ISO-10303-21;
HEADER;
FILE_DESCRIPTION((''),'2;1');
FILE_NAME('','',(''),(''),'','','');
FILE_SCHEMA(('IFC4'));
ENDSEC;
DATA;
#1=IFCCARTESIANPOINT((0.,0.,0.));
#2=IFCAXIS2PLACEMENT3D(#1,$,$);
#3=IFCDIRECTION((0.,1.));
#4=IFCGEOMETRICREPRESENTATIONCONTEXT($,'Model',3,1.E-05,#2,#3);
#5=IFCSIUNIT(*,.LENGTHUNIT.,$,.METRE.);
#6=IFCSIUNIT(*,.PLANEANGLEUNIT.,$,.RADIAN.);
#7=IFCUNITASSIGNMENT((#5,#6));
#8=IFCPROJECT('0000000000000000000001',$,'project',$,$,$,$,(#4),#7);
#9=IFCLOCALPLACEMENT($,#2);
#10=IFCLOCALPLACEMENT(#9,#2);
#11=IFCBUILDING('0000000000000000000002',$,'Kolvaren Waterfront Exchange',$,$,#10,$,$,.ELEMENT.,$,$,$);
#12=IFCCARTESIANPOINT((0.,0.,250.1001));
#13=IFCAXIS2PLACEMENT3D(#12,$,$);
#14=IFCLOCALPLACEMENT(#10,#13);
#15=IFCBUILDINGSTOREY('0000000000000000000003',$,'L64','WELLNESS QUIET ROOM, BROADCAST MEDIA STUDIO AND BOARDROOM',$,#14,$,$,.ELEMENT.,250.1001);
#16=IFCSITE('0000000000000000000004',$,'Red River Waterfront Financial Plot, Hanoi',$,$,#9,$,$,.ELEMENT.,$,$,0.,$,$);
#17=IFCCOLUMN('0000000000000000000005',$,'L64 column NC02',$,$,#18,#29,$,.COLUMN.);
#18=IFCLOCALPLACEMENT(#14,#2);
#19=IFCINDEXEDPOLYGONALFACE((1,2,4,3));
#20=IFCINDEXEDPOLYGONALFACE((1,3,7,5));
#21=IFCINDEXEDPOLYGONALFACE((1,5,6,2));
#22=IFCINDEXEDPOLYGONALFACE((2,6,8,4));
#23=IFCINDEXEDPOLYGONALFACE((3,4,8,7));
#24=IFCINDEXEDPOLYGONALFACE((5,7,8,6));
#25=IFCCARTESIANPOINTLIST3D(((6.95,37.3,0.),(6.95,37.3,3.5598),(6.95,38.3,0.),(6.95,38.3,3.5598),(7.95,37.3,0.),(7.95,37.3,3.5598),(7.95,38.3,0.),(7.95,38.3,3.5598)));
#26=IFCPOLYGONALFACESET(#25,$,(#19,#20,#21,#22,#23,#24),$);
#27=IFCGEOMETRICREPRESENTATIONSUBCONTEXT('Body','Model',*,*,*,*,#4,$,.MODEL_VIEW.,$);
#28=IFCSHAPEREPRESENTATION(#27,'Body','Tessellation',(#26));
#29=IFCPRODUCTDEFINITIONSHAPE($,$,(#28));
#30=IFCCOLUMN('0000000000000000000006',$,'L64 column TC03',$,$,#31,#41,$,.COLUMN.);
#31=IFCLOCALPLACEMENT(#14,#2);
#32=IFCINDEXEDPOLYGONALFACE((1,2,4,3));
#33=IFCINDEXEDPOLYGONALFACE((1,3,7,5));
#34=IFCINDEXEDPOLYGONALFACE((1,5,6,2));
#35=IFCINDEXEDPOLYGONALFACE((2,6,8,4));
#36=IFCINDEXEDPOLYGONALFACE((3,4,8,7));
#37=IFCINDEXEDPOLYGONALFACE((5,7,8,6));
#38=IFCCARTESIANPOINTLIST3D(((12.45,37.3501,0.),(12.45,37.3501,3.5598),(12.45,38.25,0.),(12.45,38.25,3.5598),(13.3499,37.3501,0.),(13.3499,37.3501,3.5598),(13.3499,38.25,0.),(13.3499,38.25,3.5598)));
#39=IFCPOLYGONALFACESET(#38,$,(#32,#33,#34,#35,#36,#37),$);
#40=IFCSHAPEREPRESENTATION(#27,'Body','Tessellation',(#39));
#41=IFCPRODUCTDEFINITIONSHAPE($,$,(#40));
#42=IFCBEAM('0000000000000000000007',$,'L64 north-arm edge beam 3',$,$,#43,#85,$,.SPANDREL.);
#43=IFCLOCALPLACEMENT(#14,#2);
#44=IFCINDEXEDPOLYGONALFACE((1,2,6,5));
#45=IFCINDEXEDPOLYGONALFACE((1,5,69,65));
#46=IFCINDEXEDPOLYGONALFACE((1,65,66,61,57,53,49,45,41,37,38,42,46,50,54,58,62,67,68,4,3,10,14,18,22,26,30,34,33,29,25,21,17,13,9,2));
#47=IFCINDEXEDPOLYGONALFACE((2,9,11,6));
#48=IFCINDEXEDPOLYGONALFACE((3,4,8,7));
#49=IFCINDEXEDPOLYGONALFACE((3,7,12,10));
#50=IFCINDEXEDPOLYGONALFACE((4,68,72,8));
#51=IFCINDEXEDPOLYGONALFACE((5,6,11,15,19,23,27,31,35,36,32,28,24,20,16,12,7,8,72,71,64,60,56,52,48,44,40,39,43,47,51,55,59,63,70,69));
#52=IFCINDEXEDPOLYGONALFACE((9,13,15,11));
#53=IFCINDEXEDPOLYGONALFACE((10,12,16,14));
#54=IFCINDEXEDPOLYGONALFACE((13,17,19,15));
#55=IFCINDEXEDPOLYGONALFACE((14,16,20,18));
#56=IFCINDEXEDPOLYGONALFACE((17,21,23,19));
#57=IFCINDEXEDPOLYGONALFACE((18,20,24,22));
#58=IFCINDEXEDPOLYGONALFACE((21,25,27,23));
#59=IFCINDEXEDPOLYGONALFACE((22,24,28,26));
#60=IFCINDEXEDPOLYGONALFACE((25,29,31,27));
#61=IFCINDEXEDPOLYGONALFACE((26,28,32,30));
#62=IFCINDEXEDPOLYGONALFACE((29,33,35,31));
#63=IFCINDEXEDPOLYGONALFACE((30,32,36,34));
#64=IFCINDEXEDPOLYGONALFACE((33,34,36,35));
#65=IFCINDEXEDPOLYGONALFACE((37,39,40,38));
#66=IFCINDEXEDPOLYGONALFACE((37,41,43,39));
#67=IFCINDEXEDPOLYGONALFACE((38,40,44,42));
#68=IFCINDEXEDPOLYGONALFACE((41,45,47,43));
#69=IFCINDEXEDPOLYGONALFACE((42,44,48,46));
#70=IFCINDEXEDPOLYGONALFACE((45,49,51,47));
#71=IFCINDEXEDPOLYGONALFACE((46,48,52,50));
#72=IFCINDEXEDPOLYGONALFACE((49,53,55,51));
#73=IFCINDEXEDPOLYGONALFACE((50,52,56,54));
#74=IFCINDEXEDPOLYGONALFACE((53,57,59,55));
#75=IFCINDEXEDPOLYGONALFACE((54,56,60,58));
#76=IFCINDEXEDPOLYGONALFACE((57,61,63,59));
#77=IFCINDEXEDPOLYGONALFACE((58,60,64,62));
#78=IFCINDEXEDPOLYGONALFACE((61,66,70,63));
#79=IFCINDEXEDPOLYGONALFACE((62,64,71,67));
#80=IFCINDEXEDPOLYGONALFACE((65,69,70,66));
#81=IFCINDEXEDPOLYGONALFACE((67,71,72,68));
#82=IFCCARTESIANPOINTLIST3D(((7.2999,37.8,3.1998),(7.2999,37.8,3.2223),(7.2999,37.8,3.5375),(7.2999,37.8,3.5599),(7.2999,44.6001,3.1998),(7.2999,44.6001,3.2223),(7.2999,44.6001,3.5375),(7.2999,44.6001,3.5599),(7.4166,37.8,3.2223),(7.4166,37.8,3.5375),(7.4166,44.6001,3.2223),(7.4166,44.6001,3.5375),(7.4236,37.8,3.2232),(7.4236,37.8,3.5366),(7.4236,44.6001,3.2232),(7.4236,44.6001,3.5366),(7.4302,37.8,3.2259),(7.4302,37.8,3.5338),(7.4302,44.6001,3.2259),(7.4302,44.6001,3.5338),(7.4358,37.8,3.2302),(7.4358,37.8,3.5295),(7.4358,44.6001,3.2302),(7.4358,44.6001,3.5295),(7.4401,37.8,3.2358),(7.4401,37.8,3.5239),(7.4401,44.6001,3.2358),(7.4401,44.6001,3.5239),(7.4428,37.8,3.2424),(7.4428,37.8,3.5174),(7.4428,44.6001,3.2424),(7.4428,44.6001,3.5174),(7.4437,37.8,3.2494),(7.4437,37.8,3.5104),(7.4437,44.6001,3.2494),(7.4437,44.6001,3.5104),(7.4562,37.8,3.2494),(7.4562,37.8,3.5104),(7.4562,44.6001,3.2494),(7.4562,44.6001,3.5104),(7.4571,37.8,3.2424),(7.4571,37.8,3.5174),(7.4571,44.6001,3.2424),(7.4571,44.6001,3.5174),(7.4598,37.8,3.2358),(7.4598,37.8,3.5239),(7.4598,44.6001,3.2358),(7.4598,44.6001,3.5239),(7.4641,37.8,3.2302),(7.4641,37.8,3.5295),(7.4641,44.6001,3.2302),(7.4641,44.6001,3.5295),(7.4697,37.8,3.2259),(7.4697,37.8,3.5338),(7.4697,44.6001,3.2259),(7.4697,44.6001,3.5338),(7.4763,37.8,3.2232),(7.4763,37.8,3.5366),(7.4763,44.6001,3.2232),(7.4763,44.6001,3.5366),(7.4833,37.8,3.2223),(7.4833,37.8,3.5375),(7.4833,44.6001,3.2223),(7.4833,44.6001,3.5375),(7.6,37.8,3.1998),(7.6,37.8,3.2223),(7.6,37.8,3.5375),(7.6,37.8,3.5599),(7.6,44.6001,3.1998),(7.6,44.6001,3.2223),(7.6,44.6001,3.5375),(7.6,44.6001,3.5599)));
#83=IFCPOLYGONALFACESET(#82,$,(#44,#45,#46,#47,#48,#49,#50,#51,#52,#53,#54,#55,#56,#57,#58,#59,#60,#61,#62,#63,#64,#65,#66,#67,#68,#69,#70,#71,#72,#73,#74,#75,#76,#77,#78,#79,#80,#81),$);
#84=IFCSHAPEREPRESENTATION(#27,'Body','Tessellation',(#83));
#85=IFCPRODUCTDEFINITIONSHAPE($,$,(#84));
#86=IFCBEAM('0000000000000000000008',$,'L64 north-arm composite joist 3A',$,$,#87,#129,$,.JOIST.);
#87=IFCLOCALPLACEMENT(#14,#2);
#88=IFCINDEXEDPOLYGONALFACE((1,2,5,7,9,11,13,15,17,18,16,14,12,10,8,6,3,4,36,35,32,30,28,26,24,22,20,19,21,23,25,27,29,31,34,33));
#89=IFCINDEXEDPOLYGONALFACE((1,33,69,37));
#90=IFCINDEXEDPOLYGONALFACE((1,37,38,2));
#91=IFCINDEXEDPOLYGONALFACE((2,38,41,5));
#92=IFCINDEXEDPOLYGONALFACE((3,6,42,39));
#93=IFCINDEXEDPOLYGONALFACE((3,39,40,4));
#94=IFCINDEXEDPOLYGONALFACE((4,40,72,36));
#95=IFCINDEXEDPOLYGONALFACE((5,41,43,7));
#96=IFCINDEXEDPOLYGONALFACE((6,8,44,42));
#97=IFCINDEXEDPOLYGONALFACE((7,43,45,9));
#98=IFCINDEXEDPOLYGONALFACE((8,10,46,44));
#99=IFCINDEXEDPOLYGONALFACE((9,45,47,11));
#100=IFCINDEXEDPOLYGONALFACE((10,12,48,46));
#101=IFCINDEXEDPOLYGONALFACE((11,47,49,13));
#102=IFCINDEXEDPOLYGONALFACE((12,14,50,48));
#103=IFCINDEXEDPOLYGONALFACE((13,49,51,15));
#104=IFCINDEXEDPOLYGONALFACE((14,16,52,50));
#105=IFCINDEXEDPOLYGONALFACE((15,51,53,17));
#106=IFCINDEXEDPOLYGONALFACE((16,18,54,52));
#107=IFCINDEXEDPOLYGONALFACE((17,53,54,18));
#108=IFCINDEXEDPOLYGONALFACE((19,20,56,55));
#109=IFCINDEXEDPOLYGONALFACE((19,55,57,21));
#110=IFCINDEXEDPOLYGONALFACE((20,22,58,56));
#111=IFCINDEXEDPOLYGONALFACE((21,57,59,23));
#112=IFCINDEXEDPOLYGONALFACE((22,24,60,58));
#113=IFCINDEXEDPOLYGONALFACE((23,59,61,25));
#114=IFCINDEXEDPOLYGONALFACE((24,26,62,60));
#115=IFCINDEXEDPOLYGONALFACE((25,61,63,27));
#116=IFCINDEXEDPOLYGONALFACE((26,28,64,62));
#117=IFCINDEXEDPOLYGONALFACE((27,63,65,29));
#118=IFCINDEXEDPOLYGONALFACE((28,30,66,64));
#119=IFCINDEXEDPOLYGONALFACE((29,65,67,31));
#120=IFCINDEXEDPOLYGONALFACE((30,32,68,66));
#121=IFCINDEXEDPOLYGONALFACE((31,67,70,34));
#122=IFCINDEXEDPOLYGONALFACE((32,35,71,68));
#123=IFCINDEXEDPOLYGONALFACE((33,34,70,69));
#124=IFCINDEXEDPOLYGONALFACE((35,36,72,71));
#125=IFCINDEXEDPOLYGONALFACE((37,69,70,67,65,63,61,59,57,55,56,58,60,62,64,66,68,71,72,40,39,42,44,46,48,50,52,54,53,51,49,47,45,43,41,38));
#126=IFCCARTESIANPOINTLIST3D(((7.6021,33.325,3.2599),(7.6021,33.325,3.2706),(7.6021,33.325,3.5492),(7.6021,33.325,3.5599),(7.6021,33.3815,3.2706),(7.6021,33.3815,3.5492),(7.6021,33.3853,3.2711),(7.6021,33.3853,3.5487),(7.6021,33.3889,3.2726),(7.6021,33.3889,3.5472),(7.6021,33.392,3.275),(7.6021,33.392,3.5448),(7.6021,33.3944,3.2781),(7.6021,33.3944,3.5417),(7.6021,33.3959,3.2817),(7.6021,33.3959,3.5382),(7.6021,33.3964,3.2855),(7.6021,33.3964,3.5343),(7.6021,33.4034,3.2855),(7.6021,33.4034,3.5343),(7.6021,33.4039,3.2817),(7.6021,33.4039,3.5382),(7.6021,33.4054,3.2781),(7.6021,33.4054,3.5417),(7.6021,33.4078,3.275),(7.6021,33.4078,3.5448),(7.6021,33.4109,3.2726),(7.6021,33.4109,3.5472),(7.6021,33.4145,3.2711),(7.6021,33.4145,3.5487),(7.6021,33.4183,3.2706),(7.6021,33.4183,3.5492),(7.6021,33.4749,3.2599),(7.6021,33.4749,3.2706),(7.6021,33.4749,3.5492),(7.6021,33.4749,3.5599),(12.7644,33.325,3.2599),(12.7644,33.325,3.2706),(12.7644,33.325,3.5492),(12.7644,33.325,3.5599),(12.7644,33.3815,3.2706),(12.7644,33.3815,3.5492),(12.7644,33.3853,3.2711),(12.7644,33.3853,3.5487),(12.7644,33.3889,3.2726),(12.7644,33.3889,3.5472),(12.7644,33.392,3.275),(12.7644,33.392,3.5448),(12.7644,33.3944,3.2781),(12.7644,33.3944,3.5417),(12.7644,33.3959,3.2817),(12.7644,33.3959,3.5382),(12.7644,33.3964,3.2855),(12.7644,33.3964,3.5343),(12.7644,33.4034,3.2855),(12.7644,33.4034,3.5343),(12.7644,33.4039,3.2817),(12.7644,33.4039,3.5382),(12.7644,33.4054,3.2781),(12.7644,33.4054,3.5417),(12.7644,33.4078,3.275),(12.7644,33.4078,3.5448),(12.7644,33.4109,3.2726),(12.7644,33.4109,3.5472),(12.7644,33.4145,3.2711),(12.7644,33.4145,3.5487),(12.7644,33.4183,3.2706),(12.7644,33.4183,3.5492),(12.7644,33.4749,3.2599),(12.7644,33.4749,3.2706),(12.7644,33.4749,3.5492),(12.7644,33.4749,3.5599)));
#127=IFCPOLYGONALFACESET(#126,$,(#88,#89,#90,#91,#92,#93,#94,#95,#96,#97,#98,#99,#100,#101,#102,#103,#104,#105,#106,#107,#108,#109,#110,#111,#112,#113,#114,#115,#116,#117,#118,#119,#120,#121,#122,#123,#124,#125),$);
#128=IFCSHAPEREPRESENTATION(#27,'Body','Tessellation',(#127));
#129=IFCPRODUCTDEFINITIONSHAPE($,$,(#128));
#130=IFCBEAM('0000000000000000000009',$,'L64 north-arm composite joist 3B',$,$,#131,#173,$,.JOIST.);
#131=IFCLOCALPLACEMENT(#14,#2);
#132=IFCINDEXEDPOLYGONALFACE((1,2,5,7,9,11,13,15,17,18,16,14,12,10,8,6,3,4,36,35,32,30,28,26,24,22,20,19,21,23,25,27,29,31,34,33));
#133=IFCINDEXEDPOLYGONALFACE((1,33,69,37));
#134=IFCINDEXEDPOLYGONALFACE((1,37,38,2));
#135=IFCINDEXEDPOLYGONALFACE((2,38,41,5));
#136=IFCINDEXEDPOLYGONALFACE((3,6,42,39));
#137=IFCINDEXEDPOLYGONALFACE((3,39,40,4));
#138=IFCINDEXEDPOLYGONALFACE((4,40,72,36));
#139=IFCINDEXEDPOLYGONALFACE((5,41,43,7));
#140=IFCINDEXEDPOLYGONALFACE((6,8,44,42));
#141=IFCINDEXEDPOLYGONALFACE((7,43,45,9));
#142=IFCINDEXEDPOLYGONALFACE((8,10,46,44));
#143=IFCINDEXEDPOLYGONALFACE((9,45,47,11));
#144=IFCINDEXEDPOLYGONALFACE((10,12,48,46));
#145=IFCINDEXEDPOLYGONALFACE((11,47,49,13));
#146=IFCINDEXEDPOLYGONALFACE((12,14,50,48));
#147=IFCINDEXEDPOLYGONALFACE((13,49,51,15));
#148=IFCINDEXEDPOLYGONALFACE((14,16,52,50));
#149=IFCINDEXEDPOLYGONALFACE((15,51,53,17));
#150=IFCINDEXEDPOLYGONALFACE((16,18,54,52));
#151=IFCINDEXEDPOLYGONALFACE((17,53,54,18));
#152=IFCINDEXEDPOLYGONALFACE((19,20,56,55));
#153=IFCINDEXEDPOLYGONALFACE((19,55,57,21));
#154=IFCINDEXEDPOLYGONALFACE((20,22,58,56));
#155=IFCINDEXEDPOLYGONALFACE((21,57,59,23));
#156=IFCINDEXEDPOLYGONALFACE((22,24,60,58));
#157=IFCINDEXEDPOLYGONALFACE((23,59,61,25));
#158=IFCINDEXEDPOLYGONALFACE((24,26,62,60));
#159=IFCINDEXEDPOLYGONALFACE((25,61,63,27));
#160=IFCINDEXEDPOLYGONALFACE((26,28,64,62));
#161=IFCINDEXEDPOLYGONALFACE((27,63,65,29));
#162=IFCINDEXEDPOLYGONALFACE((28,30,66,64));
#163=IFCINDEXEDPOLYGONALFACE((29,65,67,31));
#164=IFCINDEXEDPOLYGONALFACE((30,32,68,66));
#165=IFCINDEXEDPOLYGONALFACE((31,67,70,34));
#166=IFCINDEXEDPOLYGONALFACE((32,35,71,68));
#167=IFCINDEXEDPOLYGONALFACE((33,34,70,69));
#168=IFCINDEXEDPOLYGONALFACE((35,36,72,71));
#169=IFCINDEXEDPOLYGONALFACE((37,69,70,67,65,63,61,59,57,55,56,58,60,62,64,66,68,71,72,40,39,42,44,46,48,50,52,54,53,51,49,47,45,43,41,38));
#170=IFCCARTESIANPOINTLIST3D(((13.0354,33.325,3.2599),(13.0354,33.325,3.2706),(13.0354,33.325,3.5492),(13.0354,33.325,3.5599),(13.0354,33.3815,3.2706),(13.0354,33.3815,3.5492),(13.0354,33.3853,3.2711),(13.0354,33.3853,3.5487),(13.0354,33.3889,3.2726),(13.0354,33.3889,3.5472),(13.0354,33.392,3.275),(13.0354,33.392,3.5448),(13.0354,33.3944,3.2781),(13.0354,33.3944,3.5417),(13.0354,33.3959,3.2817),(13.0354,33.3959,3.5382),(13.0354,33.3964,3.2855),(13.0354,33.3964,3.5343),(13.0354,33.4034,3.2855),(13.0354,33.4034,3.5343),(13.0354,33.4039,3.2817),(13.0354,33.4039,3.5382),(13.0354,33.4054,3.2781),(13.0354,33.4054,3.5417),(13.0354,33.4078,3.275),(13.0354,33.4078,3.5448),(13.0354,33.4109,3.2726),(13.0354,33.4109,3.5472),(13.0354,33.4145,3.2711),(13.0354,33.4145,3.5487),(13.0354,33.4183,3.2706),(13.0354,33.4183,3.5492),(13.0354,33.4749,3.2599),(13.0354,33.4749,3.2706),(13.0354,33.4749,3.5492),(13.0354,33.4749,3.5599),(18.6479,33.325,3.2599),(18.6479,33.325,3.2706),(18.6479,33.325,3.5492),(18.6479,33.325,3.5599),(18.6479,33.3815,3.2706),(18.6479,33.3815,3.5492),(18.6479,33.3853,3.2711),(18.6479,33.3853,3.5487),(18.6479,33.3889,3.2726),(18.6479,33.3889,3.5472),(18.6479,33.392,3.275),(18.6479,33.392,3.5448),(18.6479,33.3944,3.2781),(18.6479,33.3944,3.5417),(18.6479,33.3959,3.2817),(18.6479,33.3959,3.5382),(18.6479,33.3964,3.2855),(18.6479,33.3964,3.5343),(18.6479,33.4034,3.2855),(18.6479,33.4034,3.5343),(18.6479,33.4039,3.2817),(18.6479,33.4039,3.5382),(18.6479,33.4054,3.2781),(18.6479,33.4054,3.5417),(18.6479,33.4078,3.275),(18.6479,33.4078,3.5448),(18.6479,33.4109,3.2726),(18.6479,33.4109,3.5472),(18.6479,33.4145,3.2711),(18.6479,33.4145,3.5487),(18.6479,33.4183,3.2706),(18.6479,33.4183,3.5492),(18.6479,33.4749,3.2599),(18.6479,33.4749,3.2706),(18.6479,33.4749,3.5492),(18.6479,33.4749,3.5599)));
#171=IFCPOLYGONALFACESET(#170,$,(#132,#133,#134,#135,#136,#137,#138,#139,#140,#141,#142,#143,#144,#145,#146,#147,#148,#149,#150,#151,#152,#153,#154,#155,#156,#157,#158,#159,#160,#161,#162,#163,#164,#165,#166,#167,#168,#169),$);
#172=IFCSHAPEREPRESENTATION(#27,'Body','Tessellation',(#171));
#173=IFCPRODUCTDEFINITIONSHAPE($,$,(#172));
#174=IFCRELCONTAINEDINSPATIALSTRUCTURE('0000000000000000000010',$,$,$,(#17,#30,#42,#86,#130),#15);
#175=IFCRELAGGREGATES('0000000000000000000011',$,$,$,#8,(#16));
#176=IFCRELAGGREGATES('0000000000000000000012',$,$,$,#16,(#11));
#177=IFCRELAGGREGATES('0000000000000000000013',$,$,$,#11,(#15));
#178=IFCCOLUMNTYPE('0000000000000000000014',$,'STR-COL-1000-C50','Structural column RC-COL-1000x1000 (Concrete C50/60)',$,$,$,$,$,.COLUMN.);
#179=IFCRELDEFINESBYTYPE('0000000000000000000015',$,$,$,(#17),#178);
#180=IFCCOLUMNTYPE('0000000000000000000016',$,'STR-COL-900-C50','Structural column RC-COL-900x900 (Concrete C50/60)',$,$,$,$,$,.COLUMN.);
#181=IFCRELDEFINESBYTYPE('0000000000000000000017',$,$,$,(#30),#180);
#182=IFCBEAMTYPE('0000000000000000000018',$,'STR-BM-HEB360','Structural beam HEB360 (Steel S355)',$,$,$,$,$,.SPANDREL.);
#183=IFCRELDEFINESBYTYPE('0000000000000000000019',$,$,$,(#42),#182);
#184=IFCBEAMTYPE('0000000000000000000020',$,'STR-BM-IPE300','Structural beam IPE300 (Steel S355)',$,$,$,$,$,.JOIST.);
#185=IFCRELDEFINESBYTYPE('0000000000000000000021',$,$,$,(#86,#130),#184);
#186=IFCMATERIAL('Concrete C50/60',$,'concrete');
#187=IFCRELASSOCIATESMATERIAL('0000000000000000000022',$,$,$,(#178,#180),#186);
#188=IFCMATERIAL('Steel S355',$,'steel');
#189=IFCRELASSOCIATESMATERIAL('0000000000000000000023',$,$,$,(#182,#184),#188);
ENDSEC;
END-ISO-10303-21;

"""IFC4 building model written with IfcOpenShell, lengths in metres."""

from ifc_helpers import new_model, si_unit, direction, frame, origin, origin_2d, place, context, subcontext, project, spatial, rectangle, i_section, extrude, material, material_profile, profile_set, type_object, element, save


model = new_model("IFC4")

# Units and contexts
model_context = context("Model", 3, precision=1e-05, world=origin(), true_north=direction((0.0, 1.0)))
body_context = subcontext(model_context, "Body", "Model", "MODEL_VIEW")
ifc_project = project(units=[si_unit("LENGTHUNIT", "METRE"), si_unit("PLANEANGLEUNIT", "RADIAN")], contexts=[model_context])

# Site, building, storey
site_placement = place(None, origin())
site = spatial("IfcSite", under=ifc_project, at=site_placement, Name="Red River Waterfront Financial Plot, Hanoi", CompositionType="ELEMENT", RefElevation=0.0)
building_placement = place(site_placement, origin())
building = spatial("IfcBuilding", under=site, at=building_placement, Name="Kolvaren Waterfront Exchange", CompositionType="ELEMENT")
storey_placement = place(building_placement, frame((0.0, 0.0, 250.1001)))
storey = spatial("IfcBuildingStorey", under=building, at=storey_placement, Name="L64", Description="WELLNESS QUIET ROOM, BROADCAST MEDIA STUDIO AND BOARDROOM", CompositionType="ELEMENT", Elevation=250.1001)

# Columns
ifc_material_1 = material(Name="Concrete C50/60", Category="concrete")
ifc_material_profile_1 = material_profile(ifc_material_1, rectangle(XDim=1.0, YDim=1.0, at=origin_2d()), Name="RC-COL-1000x1000")
ifc_profile_set_1 = profile_set([ifc_material_profile_1], Name="Concrete C50/60")
column_type_1 = type_object("IfcColumnType", Name="STR-COL-1000-C50", Description="Structural column RC-COL-1000x1000 (Concrete C50/60)", PredefinedType="COLUMN", material=ifc_profile_set_1)
column_1_placement = place(storey_placement, frame((7.45, 37.8, 0.0), z_axis=(0.0, 0.0, 1.0), x_axis=(1.0, 0.0, 0.0)))
element("IfcColumn", 1, at=column_1_placement, inside=storey, type_object=column_type_1, Name="L64 column NC02", PredefinedType="COLUMN", context=body_context, shape_type="SweptSolid", body=[
    extrude(rectangle(XDim=1.0, YDim=1.0, at=origin_2d()), origin(), (0.0, 0.0, 1.0), 3.5598),
])
ifc_material_profile_2 = material_profile(ifc_material_1, rectangle(XDim=0.8999, YDim=0.8999, at=origin_2d()), Name="RC-COL-900x900")
ifc_profile_set_2 = profile_set([ifc_material_profile_2], Name="Concrete C50/60")
column_type_2 = type_object("IfcColumnType", Name="STR-COL-900-C50", Description="Structural column RC-COL-900x900 (Concrete C50/60)", PredefinedType="COLUMN", material=ifc_profile_set_2)
column_2_placement = place(storey_placement, frame((12.8999, 37.8, 0.0), z_axis=(0.0, 0.0, 1.0), x_axis=(1.0, 0.0, 0.0)))
element("IfcColumn", 2, at=column_2_placement, inside=storey, type_object=column_type_2, Name="L64 column TC03", PredefinedType="COLUMN", context=body_context, shape_type="SweptSolid", body=[
    extrude(rectangle(XDim=0.8999, YDim=0.8999, at=origin_2d()), origin(), (0.0, 0.0, 1.0), 3.5598),
])

# Beams
ifc_material_2 = material(Name="Steel S355", Category="steel")
ifc_material_profile_3 = material_profile(ifc_material_2, i_section(OverallWidth=0.3, OverallDepth=0.3601, WebThickness=0.0125, FlangeThickness=0.0225, FilletRadius=0.0271, at=origin_2d()), Name="HEB360")
ifc_profile_set_3 = profile_set([ifc_material_profile_3], Name="Steel S355")
beam_type_1 = type_object("IfcBeamType", Name="STR-BM-HEB360", Description="Structural beam HEB360 (Steel S355)", PredefinedType="SPANDREL", material=ifc_profile_set_3)
beam_1_placement = place(storey_placement, frame((7.45, 37.8, 3.3799), z_axis=(0.0, 1.0, 0.0), x_axis=(-1.0, 0.0, 0.0)))
element("IfcBeam", 3, at=beam_1_placement, inside=storey, type_object=beam_type_1, Name="L64 north-arm edge beam 3", PredefinedType="SPANDREL", context=body_context, shape_type="SweptSolid", body=[
    extrude(i_section(OverallWidth=0.3, OverallDepth=0.3601, WebThickness=0.0125, FlangeThickness=0.0225, FilletRadius=0.0271, at=origin_2d()), origin(), (0.0, 0.0, 1.0), 6.8),
])
ifc_material_profile_4 = material_profile(ifc_material_2, i_section(OverallWidth=0.1499, OverallDepth=0.3, WebThickness=0.0071, FlangeThickness=0.0107, FilletRadius=0.0149, at=origin_2d()), Name="IPE300")
ifc_profile_set_4 = profile_set([ifc_material_profile_4], Name="Steel S355")
beam_type_2 = type_object("IfcBeamType", Name="STR-BM-IPE300", Description="Structural beam IPE300 (Steel S355)", PredefinedType="JOIST", material=ifc_profile_set_4)
beam_2_placement = place(storey_placement, frame((7.6021, 33.3999, 3.4099), z_axis=(1.0, 0.0, 0.0), x_axis=(0.0, 1.0, 0.0)))
element("IfcBeam", 4, at=beam_2_placement, inside=storey, type_object=beam_type_2, Name="L64 north-arm composite joist 3A", PredefinedType="JOIST", context=body_context, shape_type="SweptSolid", body=[
    extrude(i_section(OverallWidth=0.1499, OverallDepth=0.3, WebThickness=0.0071, FlangeThickness=0.0107, FilletRadius=0.0149, at=origin_2d()), origin(), (0.0, 0.0, 1.0), 5.1624),
])
beam_3_placement = place(storey_placement, frame((13.0354, 33.3999, 3.4099), z_axis=(1.0, 0.0, 0.0), x_axis=(0.0, 1.0, 0.0)))
element("IfcBeam", 5, at=beam_3_placement, inside=storey, type_object=beam_type_2, Name="L64 north-arm composite joist 3B", PredefinedType="JOIST", context=body_context, shape_type="SweptSolid", body=[
    extrude(i_section(OverallWidth=0.1499, OverallDepth=0.3, WebThickness=0.0071, FlangeThickness=0.0107, FilletRadius=0.0149, at=origin_2d()), origin(), (0.0, 0.0, 1.0), 5.6125),
])

save(model, "model.ifc")
